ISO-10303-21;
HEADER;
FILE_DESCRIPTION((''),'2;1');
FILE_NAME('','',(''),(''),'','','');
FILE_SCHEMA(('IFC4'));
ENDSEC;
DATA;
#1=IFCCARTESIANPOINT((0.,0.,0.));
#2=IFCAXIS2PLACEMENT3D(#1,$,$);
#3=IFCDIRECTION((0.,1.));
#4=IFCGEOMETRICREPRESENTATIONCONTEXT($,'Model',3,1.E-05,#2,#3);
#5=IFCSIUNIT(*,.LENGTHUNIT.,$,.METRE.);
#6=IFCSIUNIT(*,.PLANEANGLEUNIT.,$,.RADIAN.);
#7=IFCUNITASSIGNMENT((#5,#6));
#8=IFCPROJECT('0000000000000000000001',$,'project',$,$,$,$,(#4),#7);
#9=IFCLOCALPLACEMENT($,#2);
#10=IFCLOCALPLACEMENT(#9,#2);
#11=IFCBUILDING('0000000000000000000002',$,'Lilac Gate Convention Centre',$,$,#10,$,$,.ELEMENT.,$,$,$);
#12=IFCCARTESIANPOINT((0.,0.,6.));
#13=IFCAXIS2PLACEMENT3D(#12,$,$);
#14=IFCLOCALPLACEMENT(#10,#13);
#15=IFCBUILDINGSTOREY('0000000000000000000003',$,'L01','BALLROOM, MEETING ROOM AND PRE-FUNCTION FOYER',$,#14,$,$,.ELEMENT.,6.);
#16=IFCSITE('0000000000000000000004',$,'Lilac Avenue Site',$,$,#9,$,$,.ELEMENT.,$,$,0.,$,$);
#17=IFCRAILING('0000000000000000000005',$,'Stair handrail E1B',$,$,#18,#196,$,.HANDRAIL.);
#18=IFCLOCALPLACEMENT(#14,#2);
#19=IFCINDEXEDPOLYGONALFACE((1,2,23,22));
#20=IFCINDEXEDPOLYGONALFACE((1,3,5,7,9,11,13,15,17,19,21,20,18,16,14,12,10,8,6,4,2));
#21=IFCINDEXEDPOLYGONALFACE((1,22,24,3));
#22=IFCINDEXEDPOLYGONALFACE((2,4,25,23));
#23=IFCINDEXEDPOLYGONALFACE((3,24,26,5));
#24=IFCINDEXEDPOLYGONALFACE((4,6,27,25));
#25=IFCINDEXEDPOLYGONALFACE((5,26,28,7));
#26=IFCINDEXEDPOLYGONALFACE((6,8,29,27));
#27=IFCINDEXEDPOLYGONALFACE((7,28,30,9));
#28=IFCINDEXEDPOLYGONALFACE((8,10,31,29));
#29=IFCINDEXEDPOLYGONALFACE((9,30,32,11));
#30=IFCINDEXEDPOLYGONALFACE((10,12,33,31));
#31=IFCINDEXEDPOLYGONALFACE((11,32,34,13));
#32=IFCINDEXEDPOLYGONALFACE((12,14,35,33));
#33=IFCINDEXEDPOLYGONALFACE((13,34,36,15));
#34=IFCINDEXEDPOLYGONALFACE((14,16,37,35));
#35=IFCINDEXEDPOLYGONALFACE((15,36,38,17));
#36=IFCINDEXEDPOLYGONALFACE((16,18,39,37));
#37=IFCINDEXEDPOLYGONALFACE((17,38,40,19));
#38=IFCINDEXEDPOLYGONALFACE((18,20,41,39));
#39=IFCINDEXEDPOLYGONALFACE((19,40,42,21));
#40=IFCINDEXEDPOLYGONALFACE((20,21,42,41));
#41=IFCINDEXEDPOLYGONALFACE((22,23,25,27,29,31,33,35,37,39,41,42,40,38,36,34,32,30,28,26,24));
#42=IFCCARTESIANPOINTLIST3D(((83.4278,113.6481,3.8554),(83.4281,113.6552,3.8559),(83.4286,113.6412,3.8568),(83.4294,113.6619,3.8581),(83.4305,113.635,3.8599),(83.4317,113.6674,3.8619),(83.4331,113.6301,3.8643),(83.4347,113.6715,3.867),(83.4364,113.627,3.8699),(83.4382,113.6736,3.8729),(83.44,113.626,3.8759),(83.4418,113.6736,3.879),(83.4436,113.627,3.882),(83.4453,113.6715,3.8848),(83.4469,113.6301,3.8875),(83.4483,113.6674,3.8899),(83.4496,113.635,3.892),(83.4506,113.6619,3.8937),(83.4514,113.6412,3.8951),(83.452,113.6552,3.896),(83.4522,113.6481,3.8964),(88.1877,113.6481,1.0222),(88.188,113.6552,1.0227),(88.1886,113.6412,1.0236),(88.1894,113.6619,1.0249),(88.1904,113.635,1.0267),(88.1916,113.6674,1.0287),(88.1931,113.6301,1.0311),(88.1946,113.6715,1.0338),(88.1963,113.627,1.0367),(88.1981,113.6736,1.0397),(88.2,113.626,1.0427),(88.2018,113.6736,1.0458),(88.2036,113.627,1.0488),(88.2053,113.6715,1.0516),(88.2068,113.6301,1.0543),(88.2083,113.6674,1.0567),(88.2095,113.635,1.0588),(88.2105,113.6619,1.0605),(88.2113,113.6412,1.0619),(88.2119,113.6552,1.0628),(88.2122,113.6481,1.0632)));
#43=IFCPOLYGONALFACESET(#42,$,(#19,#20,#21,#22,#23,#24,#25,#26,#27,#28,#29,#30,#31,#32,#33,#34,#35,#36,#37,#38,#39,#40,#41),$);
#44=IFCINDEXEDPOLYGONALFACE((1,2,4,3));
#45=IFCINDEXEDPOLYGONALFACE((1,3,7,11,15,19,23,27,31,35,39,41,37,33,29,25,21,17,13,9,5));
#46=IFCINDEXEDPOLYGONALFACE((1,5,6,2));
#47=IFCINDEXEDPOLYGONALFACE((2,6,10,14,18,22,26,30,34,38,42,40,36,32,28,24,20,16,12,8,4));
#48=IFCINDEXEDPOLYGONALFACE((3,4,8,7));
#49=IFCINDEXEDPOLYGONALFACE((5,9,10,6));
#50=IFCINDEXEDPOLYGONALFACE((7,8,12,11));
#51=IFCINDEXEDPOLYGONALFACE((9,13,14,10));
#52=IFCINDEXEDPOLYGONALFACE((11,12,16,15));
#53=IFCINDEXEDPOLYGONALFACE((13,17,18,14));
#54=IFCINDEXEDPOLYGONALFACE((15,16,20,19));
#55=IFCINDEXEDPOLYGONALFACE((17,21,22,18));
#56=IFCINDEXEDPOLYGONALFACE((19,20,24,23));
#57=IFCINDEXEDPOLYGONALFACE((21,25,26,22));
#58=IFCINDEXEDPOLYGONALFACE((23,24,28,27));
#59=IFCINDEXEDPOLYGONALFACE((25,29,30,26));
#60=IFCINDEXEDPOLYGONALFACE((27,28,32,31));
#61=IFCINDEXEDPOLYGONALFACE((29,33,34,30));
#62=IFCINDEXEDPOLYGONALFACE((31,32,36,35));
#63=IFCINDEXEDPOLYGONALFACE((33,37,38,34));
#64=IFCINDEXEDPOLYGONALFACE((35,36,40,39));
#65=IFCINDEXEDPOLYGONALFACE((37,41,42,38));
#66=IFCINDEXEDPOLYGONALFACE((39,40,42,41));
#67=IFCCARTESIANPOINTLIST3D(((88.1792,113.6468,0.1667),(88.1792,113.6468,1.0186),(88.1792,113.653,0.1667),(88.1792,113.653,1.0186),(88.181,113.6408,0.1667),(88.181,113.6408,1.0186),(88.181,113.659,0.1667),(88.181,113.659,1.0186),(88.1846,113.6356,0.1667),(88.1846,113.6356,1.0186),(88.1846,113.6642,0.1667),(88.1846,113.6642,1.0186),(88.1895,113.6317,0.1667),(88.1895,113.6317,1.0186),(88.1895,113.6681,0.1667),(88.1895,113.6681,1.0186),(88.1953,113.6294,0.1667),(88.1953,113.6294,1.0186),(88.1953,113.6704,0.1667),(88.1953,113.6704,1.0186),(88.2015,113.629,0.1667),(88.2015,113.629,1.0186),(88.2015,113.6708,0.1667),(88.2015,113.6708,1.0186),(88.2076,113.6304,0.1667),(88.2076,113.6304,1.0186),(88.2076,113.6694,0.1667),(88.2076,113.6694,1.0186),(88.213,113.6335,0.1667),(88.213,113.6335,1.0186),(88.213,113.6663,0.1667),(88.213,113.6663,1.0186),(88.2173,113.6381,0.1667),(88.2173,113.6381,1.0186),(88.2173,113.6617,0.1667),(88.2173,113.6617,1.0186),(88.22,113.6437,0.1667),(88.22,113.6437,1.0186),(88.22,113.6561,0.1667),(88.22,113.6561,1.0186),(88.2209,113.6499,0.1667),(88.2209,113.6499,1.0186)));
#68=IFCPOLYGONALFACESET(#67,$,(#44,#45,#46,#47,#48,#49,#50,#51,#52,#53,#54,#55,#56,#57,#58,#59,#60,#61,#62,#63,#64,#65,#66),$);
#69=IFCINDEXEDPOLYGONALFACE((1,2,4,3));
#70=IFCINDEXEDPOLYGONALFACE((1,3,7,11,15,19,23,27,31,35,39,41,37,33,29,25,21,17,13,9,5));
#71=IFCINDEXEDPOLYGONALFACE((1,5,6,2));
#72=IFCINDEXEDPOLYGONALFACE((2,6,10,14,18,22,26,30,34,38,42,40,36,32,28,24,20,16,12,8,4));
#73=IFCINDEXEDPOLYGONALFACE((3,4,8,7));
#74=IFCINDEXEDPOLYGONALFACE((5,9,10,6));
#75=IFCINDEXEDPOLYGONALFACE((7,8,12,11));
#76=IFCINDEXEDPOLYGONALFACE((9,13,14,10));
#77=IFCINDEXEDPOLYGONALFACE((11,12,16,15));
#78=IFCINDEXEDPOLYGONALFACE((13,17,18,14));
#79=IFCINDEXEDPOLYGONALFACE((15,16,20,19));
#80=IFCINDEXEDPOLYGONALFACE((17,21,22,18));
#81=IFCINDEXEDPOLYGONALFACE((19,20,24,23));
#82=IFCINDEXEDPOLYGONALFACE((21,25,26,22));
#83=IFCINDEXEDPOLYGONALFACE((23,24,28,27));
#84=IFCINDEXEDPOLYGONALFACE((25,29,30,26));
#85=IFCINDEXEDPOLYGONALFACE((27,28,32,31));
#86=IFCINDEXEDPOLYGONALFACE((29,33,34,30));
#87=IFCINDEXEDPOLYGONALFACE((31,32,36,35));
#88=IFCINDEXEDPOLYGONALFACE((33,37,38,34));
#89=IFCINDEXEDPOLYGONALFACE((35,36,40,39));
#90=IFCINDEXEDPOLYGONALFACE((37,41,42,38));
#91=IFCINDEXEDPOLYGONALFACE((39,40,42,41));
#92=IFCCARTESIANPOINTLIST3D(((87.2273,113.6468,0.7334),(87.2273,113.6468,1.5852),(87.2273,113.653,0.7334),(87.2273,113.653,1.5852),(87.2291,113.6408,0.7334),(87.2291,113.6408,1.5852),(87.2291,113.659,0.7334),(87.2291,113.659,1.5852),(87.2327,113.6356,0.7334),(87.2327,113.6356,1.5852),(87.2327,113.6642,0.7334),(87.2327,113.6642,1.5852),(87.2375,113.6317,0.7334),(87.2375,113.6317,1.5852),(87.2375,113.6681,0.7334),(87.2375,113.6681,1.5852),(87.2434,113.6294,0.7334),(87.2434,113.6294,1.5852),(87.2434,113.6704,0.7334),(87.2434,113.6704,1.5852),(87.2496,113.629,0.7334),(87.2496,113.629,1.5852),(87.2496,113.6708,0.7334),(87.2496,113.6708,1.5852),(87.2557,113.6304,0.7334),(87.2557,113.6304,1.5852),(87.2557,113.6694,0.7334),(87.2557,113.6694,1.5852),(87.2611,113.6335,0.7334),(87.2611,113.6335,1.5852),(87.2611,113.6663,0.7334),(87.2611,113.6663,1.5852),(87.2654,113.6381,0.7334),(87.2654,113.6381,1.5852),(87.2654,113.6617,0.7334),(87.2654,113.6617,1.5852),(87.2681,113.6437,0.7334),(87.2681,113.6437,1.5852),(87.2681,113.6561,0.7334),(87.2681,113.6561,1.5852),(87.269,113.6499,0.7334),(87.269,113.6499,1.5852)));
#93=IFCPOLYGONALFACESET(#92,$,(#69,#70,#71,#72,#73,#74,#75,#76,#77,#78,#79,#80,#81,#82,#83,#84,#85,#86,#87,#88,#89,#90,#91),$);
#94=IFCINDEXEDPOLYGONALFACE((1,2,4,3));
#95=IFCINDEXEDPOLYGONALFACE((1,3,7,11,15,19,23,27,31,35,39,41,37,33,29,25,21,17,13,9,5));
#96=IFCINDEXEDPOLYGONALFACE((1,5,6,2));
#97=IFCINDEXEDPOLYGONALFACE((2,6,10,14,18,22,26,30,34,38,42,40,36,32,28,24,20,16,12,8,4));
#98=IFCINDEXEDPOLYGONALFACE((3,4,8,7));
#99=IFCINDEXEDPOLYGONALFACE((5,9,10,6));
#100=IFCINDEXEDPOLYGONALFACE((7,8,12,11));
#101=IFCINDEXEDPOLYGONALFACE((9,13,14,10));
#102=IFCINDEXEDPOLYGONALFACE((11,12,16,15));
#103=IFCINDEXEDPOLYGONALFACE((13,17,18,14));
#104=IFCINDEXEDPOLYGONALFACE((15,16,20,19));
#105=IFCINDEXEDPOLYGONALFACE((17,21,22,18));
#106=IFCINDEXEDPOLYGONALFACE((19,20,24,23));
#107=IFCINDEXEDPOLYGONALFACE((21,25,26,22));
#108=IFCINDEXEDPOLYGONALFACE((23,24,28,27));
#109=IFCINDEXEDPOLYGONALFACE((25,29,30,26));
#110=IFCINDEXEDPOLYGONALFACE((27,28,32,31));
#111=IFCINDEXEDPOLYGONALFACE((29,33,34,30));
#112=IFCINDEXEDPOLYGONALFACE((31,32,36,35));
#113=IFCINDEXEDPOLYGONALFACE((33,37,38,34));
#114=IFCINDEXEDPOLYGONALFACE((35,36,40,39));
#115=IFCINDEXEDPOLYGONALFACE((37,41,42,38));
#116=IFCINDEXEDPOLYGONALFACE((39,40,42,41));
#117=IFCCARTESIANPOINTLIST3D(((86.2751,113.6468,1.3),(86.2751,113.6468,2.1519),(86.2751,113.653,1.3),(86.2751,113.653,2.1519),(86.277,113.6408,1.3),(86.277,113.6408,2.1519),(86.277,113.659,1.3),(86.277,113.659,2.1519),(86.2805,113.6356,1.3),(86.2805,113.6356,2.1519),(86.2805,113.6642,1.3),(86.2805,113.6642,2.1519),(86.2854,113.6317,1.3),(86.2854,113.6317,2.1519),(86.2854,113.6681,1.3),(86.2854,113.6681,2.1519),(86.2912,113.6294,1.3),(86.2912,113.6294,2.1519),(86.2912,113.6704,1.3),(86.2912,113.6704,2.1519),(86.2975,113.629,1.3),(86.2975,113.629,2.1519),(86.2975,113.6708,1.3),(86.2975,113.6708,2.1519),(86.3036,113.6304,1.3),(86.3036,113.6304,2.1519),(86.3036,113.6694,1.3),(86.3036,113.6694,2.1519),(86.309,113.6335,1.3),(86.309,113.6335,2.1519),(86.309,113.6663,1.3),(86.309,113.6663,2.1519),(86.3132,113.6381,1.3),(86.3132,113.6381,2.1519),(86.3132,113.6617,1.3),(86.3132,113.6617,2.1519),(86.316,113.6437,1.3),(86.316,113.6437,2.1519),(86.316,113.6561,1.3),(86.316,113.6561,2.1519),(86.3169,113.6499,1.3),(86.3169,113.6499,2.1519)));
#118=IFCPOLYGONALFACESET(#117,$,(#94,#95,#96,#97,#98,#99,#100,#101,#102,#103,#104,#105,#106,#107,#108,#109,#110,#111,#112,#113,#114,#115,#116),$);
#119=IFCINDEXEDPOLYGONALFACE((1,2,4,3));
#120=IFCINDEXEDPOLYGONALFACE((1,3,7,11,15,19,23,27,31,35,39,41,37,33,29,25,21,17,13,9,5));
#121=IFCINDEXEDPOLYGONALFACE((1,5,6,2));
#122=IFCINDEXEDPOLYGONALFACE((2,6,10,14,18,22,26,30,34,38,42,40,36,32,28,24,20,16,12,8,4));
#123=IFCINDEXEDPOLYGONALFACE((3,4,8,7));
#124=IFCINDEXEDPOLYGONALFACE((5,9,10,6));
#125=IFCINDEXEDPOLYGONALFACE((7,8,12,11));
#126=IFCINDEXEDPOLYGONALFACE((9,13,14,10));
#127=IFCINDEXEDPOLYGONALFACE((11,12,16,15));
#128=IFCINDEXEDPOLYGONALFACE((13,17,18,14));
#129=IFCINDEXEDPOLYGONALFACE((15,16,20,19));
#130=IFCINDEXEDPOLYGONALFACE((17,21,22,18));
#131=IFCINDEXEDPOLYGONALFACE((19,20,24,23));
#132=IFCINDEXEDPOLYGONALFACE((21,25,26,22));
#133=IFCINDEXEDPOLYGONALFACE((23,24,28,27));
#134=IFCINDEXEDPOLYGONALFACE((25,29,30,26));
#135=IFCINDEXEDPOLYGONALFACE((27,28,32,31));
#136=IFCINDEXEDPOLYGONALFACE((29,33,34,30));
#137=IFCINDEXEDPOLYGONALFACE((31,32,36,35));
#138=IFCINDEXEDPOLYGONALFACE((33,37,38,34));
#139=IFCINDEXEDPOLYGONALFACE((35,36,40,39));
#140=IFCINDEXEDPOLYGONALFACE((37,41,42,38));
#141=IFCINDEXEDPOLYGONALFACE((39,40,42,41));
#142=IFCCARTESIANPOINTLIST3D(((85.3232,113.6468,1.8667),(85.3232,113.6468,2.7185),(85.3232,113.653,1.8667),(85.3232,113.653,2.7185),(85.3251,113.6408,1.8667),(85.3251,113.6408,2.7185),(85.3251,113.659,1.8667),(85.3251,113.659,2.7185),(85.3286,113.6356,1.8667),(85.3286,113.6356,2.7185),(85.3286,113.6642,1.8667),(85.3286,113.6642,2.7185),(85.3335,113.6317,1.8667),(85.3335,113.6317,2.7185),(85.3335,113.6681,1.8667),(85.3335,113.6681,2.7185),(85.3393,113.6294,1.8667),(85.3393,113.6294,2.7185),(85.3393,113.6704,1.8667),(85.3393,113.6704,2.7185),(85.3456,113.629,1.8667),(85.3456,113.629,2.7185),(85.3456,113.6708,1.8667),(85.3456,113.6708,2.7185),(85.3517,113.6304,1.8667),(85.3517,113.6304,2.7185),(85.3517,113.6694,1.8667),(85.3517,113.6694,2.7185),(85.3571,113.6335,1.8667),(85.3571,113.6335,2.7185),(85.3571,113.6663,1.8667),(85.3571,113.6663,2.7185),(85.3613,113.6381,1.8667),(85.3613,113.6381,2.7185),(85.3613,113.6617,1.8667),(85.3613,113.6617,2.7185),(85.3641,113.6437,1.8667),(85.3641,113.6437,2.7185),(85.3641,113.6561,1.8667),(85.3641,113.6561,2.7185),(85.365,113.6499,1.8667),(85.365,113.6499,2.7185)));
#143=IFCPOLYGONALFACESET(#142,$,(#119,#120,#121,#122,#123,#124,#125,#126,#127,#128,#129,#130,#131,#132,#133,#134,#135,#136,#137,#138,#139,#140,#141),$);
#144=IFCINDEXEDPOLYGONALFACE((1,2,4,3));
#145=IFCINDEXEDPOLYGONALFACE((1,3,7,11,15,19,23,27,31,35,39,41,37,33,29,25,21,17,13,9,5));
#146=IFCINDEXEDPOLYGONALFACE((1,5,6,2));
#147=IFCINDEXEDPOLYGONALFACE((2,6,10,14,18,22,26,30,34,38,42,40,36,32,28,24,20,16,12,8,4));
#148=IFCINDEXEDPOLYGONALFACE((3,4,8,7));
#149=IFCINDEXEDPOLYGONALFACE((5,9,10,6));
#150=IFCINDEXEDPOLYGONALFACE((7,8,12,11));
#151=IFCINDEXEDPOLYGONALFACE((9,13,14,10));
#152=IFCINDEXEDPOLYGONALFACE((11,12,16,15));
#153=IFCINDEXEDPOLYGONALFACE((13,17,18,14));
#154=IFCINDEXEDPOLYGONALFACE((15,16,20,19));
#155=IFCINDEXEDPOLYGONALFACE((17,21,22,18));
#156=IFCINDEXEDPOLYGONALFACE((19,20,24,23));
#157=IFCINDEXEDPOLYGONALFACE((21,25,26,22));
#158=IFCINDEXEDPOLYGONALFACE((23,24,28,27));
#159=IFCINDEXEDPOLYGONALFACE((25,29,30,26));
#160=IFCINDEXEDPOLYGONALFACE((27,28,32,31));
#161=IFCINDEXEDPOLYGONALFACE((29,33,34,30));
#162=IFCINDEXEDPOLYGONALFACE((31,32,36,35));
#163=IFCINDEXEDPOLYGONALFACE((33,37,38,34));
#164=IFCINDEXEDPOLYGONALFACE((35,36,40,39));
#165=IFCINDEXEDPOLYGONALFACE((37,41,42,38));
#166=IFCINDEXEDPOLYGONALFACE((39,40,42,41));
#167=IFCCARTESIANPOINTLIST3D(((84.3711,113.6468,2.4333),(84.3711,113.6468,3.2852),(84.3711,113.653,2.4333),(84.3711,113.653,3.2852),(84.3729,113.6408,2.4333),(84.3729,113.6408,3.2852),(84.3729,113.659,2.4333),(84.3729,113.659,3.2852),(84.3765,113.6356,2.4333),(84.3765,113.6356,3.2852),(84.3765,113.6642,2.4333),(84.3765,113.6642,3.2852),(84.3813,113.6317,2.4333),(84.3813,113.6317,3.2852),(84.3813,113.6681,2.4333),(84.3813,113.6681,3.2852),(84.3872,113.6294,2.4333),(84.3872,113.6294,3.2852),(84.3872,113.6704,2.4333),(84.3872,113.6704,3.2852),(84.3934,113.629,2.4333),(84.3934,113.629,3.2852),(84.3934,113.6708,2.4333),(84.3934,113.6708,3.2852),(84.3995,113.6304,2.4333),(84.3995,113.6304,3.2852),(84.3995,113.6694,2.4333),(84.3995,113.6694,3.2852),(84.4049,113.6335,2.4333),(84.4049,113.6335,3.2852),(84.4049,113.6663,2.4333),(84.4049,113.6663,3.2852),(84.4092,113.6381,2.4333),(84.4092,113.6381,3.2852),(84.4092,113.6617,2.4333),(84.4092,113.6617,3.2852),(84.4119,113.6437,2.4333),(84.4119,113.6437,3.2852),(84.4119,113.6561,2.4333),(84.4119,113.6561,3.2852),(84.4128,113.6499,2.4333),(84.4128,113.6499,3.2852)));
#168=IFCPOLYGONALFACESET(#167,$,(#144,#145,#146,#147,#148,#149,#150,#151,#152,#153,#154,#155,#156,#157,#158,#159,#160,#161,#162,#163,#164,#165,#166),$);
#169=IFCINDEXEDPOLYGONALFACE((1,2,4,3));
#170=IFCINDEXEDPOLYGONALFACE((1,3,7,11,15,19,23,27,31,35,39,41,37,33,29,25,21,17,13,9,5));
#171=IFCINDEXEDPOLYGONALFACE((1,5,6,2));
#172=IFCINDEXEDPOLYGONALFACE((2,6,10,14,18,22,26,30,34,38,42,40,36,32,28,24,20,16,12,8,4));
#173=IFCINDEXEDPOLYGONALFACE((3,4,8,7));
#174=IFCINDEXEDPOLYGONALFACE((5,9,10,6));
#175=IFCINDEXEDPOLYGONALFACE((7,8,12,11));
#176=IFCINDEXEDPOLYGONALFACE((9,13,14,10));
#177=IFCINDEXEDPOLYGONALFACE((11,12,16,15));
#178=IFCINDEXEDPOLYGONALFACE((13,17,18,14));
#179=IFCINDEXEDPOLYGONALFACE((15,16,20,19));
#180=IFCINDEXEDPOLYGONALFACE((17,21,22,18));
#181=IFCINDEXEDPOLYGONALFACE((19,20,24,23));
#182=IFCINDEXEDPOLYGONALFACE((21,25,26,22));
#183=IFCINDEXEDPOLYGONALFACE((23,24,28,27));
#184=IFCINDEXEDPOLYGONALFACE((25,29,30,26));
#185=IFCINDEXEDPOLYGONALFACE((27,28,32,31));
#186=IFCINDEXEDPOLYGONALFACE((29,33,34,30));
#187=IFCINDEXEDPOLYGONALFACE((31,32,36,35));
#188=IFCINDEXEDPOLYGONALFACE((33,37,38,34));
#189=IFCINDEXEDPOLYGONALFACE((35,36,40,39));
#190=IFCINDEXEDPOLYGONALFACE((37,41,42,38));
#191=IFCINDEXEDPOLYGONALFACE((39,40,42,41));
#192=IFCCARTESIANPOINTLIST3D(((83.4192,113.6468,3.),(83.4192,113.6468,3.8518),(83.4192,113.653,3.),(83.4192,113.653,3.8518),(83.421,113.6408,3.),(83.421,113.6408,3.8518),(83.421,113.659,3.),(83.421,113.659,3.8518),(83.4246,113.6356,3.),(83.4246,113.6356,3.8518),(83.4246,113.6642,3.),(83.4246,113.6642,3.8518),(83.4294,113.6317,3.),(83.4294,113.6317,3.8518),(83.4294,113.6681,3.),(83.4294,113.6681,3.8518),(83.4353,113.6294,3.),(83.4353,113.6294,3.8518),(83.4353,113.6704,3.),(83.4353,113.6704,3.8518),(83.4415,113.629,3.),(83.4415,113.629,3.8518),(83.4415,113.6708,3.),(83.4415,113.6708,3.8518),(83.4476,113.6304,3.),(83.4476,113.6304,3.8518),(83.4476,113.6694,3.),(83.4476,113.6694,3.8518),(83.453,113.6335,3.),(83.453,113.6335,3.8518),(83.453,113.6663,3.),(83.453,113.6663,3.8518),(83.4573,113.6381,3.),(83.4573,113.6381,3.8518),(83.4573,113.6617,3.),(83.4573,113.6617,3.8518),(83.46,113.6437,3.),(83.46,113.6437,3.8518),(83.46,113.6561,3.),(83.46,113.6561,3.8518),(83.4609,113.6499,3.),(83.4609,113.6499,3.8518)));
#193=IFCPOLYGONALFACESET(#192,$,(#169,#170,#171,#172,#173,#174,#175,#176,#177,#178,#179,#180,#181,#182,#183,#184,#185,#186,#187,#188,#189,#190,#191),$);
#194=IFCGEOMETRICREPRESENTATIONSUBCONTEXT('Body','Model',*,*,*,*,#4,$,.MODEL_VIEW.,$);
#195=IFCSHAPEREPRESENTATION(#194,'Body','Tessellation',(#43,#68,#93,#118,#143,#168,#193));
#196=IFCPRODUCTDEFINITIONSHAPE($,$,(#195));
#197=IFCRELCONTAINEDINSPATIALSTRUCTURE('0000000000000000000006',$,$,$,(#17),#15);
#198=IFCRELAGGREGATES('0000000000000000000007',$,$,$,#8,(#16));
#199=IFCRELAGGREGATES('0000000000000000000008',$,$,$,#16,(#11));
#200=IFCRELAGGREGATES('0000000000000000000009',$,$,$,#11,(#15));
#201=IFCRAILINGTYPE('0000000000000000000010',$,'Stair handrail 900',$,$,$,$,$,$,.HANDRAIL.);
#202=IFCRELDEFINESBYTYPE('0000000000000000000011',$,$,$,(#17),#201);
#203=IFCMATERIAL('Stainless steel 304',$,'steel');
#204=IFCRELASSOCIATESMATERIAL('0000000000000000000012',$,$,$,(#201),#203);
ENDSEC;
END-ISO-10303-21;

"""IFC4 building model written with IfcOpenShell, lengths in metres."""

from ifc_helpers import new_model, si_unit, direction, frame, origin, origin_2d, place, context, subcontext, project, spatial, circle, extrude, material, type_object, element, save


model = new_model("IFC4")

# Units and contexts
model_context = context("Model", 3, precision=1e-05, world=origin(), true_north=direction((0.0, 1.0)))
body_context = subcontext(model_context, "Body", "Model", "MODEL_VIEW")
ifc_project = project(units=[si_unit("LENGTHUNIT", "METRE"), si_unit("PLANEANGLEUNIT", "RADIAN")], contexts=[model_context])

# Site, building, storey
site_placement = place(None, origin())
site = spatial("IfcSite", under=ifc_project, at=site_placement, Name="Lilac Avenue Site", CompositionType="ELEMENT", RefElevation=0.0)
building_placement = place(site_placement, origin())
building = spatial("IfcBuilding", under=site, at=building_placement, Name="Lilac Gate Convention Centre", CompositionType="ELEMENT")
storey_placement = place(building_placement, frame((0.0, 0.0, 6.0)))
storey = spatial("IfcBuildingStorey", under=building, at=storey_placement, Name="L01", Description="BALLROOM, MEETING ROOM AND PRE-FUNCTION FOYER", CompositionType="ELEMENT", Elevation=6.0)

# Railing
ifc_material_1 = material(Name="Stainless steel 304", Category="steel")
railing_type = type_object("IfcRailingType", Name="Stair handrail 900", PredefinedType="HANDRAIL", material=ifc_material_1)
for number, where, name in (
    (1, (88.2, 113.6499, 0.1667), "Stair handrail E1B"),
):
    element("IfcRailing", number, at=place(storey_placement, frame(where)), inside=storey, type_object=railing_type, Name=name, PredefinedType="HANDRAIL", context=body_context, shape_type="SweptSolid", body=[
        extrude(circle(Radius=0.0239, at=origin_2d()), frame((0.0, 0.0, 0.876), z_axis=(-0.8593, 0.0, 0.511472), x_axis=(0.0, -1.0, 0.0)), (0.0, 0.0, 1.0), 5.5393),
        extrude(circle(Radius=0.021, at=origin_2d()), origin(), (0.0, 0.0, 1.0), 0.8518),
        extrude(circle(Radius=0.021, at=origin_2d()), frame((-0.9519, 0.0, 0.5667)), (0.0, 0.0, 1.0), 0.8518),
        extrude(circle(Radius=0.021, at=origin_2d()), frame((-1.9041, 0.0, 1.1333)), (0.0, 0.0, 1.0), 0.8518),
        extrude(circle(Radius=0.021, at=origin_2d()), frame((-2.856, 0.0, 1.7)), (0.0, 0.0, 1.0), 0.8518),
        extrude(circle(Radius=0.021, at=origin_2d()), frame((-3.8081, 0.0, 2.2666)), (0.0, 0.0, 1.0), 0.8518),
        extrude(circle(Radius=0.021, at=origin_2d()), frame((-4.76, 0.0, 2.8333)), (0.0, 0.0, 1.0), 0.8518),
    ])

save(model, "model.ifc")
